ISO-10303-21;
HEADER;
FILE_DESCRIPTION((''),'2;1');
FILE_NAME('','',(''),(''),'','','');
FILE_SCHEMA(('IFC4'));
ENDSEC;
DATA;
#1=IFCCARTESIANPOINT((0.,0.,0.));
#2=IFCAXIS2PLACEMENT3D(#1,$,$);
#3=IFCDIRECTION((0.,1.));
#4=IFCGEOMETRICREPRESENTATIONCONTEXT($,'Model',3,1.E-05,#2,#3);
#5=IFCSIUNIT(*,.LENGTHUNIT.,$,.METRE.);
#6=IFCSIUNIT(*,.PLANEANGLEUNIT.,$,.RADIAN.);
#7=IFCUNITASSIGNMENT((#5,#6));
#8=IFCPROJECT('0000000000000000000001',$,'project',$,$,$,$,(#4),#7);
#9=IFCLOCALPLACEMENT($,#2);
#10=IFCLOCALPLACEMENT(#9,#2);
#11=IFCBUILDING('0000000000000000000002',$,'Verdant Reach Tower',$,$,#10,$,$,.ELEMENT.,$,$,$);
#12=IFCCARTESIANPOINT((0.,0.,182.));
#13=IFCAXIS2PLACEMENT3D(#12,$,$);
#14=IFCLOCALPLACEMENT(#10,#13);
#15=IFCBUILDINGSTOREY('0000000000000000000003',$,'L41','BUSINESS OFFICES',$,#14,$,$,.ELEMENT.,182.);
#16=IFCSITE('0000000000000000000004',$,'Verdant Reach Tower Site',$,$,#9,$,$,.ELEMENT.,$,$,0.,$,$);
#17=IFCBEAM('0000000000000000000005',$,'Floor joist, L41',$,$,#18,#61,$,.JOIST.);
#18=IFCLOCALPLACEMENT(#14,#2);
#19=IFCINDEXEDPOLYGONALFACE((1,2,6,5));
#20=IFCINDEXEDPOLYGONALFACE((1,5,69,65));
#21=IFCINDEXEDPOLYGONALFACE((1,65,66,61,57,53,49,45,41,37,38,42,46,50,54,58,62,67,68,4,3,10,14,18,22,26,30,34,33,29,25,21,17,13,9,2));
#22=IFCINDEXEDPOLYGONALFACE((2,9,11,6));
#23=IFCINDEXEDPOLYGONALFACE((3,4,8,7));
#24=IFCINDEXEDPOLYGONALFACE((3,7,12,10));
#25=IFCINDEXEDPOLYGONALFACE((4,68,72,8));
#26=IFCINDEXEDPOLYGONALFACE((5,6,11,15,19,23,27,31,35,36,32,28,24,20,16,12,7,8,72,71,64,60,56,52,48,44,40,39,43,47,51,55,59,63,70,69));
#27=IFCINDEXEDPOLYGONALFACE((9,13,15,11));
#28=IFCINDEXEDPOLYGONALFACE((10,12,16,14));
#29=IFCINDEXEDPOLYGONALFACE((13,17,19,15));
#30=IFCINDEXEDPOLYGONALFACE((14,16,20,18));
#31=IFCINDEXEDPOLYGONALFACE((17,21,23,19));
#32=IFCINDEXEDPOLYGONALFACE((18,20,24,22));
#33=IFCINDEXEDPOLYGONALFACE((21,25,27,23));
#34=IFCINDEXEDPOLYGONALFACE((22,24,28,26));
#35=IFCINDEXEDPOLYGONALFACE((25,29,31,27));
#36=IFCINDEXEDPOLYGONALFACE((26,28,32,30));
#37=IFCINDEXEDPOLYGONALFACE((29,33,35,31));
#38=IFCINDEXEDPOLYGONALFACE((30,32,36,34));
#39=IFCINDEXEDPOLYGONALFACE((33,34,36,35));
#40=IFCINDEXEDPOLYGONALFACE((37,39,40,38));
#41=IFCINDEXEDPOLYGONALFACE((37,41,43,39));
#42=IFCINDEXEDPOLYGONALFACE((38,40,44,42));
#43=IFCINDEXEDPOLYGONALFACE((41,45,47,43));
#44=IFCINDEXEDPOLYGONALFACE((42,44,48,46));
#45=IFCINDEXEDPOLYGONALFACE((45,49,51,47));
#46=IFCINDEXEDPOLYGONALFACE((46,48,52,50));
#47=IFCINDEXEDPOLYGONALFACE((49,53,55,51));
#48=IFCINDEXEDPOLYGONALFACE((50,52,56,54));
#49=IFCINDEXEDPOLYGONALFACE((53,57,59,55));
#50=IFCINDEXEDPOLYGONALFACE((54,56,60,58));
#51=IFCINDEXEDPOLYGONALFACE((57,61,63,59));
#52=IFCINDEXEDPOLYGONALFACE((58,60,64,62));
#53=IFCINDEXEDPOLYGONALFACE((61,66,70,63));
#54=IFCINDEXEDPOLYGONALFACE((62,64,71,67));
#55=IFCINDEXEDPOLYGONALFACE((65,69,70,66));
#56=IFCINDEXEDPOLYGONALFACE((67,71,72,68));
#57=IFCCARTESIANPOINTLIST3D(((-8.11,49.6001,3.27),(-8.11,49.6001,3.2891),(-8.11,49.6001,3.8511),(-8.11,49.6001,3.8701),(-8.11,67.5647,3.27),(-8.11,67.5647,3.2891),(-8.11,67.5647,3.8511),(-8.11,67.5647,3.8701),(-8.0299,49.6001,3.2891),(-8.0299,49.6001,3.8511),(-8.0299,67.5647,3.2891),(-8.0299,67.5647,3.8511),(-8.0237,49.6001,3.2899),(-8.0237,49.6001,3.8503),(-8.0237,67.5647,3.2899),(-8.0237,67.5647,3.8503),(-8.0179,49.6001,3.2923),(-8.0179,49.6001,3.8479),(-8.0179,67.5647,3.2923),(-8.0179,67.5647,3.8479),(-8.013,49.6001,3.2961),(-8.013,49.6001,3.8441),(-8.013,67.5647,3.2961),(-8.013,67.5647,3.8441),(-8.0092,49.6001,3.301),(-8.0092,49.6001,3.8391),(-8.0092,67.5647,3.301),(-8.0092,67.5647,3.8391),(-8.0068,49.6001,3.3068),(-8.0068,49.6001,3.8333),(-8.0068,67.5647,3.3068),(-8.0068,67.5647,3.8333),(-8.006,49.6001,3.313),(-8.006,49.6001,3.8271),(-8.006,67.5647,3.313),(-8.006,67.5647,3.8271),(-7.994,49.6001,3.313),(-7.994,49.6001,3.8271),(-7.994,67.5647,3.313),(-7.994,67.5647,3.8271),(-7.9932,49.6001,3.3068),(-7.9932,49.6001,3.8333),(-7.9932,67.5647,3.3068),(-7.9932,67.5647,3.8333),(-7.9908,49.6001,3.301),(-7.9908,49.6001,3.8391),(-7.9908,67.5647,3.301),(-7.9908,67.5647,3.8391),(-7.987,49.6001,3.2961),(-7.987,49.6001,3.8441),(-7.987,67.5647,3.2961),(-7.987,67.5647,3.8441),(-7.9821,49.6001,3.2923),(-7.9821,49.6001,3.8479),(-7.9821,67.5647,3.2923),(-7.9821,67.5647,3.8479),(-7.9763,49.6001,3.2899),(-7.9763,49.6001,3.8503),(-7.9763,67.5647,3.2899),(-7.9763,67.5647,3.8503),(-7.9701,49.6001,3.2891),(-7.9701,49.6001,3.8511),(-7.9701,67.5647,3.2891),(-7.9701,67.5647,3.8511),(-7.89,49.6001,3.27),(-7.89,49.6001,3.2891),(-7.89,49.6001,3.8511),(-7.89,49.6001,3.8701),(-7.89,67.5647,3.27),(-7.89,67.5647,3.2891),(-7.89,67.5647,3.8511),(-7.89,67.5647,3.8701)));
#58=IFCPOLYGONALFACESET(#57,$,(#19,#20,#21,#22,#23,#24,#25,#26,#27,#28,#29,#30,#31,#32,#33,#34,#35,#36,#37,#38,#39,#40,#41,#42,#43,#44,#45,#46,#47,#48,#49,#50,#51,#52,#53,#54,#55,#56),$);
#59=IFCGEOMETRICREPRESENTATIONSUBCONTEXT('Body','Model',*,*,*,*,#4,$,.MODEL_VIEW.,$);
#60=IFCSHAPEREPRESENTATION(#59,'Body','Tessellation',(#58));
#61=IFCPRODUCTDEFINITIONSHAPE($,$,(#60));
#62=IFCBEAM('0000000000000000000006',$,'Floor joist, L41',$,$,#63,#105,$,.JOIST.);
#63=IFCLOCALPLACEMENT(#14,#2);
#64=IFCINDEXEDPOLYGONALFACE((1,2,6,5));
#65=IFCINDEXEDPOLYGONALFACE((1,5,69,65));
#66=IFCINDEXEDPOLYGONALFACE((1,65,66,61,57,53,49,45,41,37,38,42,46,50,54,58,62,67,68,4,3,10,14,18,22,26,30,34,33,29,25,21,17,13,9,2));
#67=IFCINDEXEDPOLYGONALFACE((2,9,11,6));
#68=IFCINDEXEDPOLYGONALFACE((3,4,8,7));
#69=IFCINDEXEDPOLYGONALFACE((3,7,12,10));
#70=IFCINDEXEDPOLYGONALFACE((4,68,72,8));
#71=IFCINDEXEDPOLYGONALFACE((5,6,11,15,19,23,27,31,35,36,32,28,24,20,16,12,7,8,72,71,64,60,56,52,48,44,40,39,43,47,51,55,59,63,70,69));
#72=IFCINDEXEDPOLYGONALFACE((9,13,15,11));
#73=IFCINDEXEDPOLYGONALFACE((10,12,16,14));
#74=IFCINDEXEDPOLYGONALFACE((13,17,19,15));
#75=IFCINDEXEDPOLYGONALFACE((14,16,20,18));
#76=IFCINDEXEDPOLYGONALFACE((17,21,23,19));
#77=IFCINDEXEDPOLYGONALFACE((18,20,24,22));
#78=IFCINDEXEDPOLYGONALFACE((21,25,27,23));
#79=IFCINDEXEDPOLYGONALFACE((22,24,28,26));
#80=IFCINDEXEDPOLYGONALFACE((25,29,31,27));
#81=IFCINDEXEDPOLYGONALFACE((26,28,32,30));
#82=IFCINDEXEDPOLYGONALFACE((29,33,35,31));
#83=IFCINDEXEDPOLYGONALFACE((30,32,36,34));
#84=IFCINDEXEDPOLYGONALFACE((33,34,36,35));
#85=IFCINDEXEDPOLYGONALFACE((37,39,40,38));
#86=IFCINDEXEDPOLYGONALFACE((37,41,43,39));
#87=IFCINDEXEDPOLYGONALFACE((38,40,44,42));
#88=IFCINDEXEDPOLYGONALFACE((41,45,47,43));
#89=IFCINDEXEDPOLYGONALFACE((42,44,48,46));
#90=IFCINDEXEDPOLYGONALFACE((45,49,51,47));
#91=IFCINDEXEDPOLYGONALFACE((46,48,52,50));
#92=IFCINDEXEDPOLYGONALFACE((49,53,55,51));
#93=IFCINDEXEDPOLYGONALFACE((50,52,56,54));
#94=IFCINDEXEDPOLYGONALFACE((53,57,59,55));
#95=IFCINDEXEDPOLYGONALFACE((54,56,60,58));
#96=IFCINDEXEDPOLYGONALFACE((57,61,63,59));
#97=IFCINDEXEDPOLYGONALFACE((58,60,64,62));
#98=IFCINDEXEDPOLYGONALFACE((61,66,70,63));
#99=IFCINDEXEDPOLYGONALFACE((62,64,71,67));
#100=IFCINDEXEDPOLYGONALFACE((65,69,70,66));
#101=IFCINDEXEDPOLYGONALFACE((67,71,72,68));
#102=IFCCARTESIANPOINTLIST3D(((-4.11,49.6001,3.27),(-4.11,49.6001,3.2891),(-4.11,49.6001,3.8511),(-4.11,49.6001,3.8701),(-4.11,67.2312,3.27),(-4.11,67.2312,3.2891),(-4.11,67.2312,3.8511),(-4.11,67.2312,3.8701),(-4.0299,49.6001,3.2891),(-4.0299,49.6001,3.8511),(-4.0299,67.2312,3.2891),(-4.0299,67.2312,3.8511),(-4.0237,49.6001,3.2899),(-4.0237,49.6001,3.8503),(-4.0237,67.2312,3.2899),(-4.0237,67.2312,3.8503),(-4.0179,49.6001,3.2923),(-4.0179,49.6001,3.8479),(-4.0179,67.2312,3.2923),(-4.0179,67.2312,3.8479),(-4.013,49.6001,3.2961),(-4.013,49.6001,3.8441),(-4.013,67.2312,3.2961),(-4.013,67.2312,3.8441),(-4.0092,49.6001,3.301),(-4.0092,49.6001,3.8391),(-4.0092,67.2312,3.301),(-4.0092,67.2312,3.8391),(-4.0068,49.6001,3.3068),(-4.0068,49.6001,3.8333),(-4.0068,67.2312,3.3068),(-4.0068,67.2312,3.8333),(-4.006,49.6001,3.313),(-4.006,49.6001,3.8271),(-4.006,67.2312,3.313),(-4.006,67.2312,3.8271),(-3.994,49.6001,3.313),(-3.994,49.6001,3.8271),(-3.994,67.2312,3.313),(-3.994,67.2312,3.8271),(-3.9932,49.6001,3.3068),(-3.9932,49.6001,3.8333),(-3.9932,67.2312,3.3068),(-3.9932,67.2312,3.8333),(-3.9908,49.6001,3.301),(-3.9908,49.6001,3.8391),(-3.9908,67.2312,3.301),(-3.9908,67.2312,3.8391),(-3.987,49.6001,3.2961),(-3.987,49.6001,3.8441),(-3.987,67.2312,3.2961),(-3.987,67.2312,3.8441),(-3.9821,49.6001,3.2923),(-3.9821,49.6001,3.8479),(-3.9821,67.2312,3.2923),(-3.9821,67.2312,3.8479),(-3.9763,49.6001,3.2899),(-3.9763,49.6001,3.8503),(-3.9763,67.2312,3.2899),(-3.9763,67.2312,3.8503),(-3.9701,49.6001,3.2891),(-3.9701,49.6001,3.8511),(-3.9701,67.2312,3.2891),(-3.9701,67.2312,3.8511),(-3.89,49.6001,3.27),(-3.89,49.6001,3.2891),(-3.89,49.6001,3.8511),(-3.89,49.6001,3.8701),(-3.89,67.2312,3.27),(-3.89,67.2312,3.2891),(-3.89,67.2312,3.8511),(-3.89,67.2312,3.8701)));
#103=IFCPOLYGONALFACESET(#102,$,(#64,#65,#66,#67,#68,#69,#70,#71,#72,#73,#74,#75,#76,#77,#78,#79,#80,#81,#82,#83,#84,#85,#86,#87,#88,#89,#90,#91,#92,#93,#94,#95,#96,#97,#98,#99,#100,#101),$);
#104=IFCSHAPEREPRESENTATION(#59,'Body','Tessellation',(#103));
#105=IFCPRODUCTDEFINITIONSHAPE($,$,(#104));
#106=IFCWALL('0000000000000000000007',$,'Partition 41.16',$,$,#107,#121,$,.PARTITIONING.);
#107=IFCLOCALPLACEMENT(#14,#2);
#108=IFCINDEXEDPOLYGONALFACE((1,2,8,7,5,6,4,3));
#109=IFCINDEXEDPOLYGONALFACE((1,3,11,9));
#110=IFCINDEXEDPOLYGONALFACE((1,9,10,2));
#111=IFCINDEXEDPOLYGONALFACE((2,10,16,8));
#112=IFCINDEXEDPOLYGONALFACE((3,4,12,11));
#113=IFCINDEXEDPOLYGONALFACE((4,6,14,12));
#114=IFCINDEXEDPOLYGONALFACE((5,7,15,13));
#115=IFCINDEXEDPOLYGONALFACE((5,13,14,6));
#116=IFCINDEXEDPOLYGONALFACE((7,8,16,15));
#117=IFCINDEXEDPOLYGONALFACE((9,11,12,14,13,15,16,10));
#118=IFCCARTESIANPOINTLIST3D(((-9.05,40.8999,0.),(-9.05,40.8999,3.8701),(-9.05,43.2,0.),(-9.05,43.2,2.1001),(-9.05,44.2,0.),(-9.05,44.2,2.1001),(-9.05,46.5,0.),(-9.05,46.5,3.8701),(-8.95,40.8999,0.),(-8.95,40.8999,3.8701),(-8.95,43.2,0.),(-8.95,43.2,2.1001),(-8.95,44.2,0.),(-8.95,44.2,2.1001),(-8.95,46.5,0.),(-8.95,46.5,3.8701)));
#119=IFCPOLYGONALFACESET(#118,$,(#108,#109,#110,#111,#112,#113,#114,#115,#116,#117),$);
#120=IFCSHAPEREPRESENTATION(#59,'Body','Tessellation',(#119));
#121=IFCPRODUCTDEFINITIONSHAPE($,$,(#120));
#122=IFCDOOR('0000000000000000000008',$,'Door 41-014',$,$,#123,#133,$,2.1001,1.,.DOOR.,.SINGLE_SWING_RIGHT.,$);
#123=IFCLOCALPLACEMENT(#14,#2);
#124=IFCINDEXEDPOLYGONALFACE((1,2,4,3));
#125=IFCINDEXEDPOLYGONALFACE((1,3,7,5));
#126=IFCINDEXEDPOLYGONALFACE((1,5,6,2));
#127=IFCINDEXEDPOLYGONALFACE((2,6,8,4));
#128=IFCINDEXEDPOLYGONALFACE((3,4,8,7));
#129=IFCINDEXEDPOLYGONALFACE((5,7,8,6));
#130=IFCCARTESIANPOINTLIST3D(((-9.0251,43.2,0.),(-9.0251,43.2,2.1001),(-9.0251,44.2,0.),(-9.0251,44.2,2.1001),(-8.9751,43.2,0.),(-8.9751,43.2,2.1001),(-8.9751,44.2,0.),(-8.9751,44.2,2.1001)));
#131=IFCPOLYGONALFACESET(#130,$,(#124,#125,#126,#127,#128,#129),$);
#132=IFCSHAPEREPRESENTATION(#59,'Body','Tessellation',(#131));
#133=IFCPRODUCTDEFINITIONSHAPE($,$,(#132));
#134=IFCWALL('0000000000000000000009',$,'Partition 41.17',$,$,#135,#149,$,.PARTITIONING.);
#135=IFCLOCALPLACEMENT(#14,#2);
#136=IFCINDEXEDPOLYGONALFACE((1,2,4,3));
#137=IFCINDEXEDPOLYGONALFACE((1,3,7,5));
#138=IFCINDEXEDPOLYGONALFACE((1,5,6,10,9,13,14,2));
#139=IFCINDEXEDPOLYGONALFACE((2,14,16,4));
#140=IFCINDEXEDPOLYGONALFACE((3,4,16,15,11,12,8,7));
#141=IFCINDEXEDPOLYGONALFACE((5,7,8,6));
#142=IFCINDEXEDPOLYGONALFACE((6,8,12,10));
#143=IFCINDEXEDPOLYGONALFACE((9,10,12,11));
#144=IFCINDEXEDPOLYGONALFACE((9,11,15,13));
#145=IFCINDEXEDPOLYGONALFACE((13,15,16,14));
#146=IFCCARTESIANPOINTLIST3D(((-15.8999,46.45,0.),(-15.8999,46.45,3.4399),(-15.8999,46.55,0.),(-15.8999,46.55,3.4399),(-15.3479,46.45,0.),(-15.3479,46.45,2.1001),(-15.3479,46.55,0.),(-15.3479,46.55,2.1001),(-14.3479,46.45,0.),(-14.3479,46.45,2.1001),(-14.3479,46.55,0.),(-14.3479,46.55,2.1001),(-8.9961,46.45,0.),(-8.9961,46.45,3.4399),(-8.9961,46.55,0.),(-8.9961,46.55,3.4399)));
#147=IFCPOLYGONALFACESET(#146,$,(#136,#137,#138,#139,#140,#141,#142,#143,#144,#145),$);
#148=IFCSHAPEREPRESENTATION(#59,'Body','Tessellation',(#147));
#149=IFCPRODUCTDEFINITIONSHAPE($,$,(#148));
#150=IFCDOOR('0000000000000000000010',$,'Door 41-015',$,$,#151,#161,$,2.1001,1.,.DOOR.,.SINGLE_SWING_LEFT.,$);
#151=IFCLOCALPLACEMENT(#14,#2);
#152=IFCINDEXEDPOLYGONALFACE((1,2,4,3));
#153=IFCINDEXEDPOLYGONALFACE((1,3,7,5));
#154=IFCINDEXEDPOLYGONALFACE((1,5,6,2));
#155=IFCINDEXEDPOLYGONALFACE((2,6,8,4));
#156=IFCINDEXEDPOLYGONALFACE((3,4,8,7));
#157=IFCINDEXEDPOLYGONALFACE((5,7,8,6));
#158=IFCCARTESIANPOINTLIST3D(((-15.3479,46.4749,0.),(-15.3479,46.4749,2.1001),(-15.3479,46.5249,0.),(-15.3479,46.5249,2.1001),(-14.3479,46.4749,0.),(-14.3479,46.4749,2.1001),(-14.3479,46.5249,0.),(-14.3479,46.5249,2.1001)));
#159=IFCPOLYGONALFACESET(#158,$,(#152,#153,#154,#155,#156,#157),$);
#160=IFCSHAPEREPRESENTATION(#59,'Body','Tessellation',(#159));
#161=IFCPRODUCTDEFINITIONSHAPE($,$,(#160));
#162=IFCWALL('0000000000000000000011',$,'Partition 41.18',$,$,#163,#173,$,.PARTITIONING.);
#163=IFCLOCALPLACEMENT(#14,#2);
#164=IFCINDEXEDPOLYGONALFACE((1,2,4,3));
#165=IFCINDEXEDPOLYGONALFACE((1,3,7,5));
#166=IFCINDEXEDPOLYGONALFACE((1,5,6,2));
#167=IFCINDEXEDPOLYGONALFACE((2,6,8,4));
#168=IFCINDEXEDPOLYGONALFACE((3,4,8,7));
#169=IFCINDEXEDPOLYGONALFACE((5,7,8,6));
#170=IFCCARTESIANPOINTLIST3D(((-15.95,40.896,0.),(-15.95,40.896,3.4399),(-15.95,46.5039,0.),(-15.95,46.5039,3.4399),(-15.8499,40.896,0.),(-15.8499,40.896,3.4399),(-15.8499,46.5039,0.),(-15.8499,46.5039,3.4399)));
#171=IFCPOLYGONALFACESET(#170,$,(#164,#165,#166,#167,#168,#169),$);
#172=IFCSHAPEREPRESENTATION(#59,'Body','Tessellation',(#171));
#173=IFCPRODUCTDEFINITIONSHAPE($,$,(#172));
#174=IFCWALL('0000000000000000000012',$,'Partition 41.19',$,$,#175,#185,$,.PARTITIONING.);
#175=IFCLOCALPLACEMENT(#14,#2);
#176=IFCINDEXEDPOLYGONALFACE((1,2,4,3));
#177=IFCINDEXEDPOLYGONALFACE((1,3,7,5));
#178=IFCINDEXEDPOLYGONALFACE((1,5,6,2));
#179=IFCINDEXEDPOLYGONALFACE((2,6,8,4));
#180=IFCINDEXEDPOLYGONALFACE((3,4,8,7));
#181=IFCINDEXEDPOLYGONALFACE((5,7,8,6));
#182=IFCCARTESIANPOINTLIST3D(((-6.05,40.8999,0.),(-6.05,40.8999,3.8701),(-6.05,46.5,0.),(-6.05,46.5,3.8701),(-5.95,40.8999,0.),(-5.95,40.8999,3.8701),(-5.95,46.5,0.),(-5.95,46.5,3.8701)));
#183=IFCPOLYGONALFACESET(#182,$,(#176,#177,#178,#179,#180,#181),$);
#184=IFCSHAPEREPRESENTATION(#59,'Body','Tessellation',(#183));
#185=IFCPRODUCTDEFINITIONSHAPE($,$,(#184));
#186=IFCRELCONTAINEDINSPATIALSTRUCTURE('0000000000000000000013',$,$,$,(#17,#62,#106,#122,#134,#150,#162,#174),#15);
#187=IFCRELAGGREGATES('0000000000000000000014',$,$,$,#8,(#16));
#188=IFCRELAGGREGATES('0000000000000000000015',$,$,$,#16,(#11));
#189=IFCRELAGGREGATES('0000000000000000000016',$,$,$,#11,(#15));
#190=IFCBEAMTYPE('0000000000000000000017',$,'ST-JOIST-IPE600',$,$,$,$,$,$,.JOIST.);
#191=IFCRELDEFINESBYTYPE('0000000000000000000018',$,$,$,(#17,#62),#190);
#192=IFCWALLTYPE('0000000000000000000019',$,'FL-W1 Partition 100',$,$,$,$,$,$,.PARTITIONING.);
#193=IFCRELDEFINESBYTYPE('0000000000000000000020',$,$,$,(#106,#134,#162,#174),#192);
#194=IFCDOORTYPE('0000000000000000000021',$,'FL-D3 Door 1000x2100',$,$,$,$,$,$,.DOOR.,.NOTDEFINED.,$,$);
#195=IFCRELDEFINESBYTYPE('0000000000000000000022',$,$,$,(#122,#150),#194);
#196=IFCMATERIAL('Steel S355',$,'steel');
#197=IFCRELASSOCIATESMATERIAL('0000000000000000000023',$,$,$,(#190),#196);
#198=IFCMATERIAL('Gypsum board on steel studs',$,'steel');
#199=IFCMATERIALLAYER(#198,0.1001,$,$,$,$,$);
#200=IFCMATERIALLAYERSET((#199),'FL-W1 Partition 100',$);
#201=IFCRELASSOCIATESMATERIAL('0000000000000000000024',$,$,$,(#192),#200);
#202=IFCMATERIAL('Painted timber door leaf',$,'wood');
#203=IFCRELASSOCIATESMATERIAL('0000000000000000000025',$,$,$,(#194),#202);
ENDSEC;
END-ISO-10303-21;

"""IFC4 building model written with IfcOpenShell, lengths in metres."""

from ifc_helpers import new_model, si_unit, direction, frame, frame_2d, origin, origin_2d, place, context, subcontext, project, spatial, rectangle, i_section, extrude, material, layer, layer_set, material_profile, profile_set, type_object, element, fill, save


model = new_model("IFC4")

# Units and contexts
model_context = context("Model", 3, precision=1e-05, world=origin(), true_north=direction((0.0, 1.0)))
body_context = subcontext(model_context, "Body", "Model", "MODEL_VIEW")
ifc_project = project(units=[si_unit("LENGTHUNIT", "METRE"), si_unit("PLANEANGLEUNIT", "RADIAN")], contexts=[model_context])

# Site, building, storey
site_placement = place(None, origin())
site = spatial("IfcSite", under=ifc_project, at=site_placement, Name="Verdant Reach Tower Site", CompositionType="ELEMENT", RefElevation=0.0)
building_placement = place(site_placement, origin())
building = spatial("IfcBuilding", under=site, at=building_placement, Name="Verdant Reach Tower", CompositionType="ELEMENT")
storey_placement = place(building_placement, frame((0.0, 0.0, 182.0)))
storey = spatial("IfcBuildingStorey", under=building, at=storey_placement, Name="L41", Description="BUSINESS OFFICES", CompositionType="ELEMENT", Elevation=182.0)

# Beams
ifc_material_1 = material(Name="Steel S355", Category="steel")
ifc_material_profile_1 = material_profile(ifc_material_1, i_section(OverallWidth=0.22, OverallDepth=0.6001, WebThickness=0.012, FlangeThickness=0.019, FilletRadius=0.0239, at=origin_2d()), Name="IPE 600")
ifc_profile_set_1 = profile_set([ifc_material_profile_1], Name="Steel S355")
beam_type_1 = type_object("IfcBeamType", Name="ST-JOIST-IPE600", PredefinedType="JOIST", material=ifc_profile_set_1)
beam_1_placement = place(storey_placement, frame((-8.0, 49.6001, 3.5701), z_axis=(0.0, 1.0, 0.0), x_axis=(-1.0, 0.0, 0.0)))
element("IfcBeam", 1, at=beam_1_placement, inside=storey, type_object=beam_type_1, Name="Floor joist, L41", PredefinedType="JOIST", context=body_context, shape_type="SweptSolid", body=[
    extrude(i_section(OverallWidth=0.22, OverallDepth=0.6001, WebThickness=0.012, FlangeThickness=0.019, FilletRadius=0.0239, at=origin_2d()), origin(), (0.0, 0.0, 1.0), 17.9646),
])
beam_2_placement = place(storey_placement, frame((-4.0, 49.6001, 3.5701), z_axis=(0.0, 1.0, 0.0), x_axis=(-1.0, 0.0, 0.0)))
element("IfcBeam", 2, at=beam_2_placement, inside=storey, type_object=beam_type_1, Name="Floor joist, L41", PredefinedType="JOIST", context=body_context, shape_type="SweptSolid", body=[
    extrude(i_section(OverallWidth=0.22, OverallDepth=0.6001, WebThickness=0.012, FlangeThickness=0.019, FilletRadius=0.0239, at=origin_2d()), origin(), (0.0, 0.0, 1.0), 17.6311),
])

# Walls, openings, doors
ifc_material_2 = material(Name="Gypsum board on steel studs", Category="steel")
ifc_layer_1 = layer(ifc_material_2, 0.1001)
ifc_layer_set_1 = layer_set([ifc_layer_1], Name="FL-W1 Partition 100")
wall_type_1 = type_object("IfcWallType", Name="FL-W1 Partition 100", PredefinedType="PARTITIONING", material=ifc_layer_set_1)
wall_1_placement = place(storey_placement, frame((-9.0, 46.5, 0.0), z_axis=(0.0, 0.0, 1.0), x_axis=(0.0, -1.0, 0.0)))
wall_1 = element("IfcWall", 3, at=wall_1_placement, inside=storey, type_object=wall_type_1, Name="Partition 41.16", PredefinedType="PARTITIONING", context=body_context, shape_type="SweptSolid", body=[
    extrude(rectangle(XDim=5.6001, YDim=0.1001, at=frame_2d((2.8, 0.0))), origin(), (0.0, 0.0, 1.0), 3.8701),
])
opening_1_placement = place(wall_1_placement, frame((2.3, 0.0, 0.0)))
opening_1 = element("IfcOpeningElement", 4, at=opening_1_placement, cuts=wall_1, PredefinedType="OPENING", context=body_context, shape_type="SweptSolid", body=[
    extrude(rectangle(XDim=1.0, YDim=2.1001, at=frame_2d((0.5, 1.05))), frame((0.0, 0.0601, 0.0), z_axis=(0.0, -1.0, 0.0), x_axis=(1.0, 0.0, 0.0)), (0.0, 0.0, 1.0), 0.1201),
])
ifc_material_3 = material(Name="Painted timber door leaf", Category="wood")
door_type_1 = type_object("IfcDoorType", Name="FL-D3 Door 1000x2100", OperationType="NOTDEFINED", PredefinedType="DOOR", material=ifc_material_3)
door_1_placement = place(opening_1_placement, origin())
door_1 = element("IfcDoor", 5, at=door_1_placement, inside=storey, type_object=door_type_1, Name="Door 41-014", OperationType="SINGLE_SWING_RIGHT", OverallHeight=2.1001, OverallWidth=1.0, PredefinedType="DOOR", context=body_context, shape_type="SweptSolid", body=[
    extrude(rectangle(XDim=1.0, YDim=2.1001, at=frame_2d((0.5, 1.05))), frame((0.0, 0.0249, 0.0), z_axis=(0.0, -1.0, 0.0), x_axis=(1.0, 0.0, 0.0)), (0.0, 0.0, 1.0), 0.05),
])
fill(opening_1, door_1)
wall_2_placement = place(storey_placement, frame((-15.8999, 46.5, 0.0), z_axis=(0.0, 0.0, 1.0), x_axis=(1.0, 0.0, 0.0)))
wall_2 = element("IfcWall", 6, at=wall_2_placement, inside=storey, type_object=wall_type_1, Name="Partition 41.17", PredefinedType="PARTITIONING", context=body_context, shape_type="SweptSolid", body=[
    extrude(rectangle(XDim=6.9038, YDim=0.1001, at=frame_2d((3.4519, 0.0))), origin(), (0.0, 0.0, 1.0), 3.4399),
])
opening_2_placement = place(wall_2_placement, frame((0.552, 0.0, 0.0)))
opening_2 = element("IfcOpeningElement", 7, at=opening_2_placement, cuts=wall_2, PredefinedType="OPENING", context=body_context, shape_type="SweptSolid", body=[
    extrude(rectangle(XDim=1.0, YDim=2.1001, at=frame_2d((0.5, 1.05))), frame((0.0, 0.0601, 0.0), z_axis=(0.0, -1.0, 0.0), x_axis=(1.0, 0.0, 0.0)), (0.0, 0.0, 1.0), 0.1201),
])
door_2_placement = place(opening_2_placement, origin())
door_2 = element("IfcDoor", 8, at=door_2_placement, inside=storey, type_object=door_type_1, Name="Door 41-015", OperationType="SINGLE_SWING_LEFT", OverallHeight=2.1001, OverallWidth=1.0, PredefinedType="DOOR", context=body_context, shape_type="SweptSolid", body=[
    extrude(rectangle(XDim=1.0, YDim=2.1001, at=frame_2d((0.5, 1.05))), frame((0.0, 0.0249, 0.0), z_axis=(0.0, -1.0, 0.0), x_axis=(1.0, 0.0, 0.0)), (0.0, 0.0, 1.0), 0.05),
])
fill(opening_2, door_2)

# Walls
wall_3_placement = place(storey_placement, frame((-15.8999, 46.5039, 0.0), z_axis=(0.0, 0.0, 1.0), x_axis=(0.0, -1.0, 0.0)))
element("IfcWall", 9, at=wall_3_placement, inside=storey, type_object=wall_type_1, Name="Partition 41.18", PredefinedType="PARTITIONING", context=body_context, shape_type="SweptSolid", body=[
    extrude(rectangle(XDim=5.6079, YDim=0.1001, at=frame_2d((2.804, 0.0))), origin(), (0.0, 0.0, 1.0), 3.4399),
])
wall_4_placement = place(storey_placement, frame((-6.0, 40.8999, 0.0), z_axis=(0.0, 0.0, 1.0), x_axis=(0.0, 1.0, 0.0)))
element("IfcWall", 10, at=wall_4_placement, inside=storey, type_object=wall_type_1, Name="Partition 41.19", PredefinedType="PARTITIONING", context=body_context, shape_type="SweptSolid", body=[
    extrude(rectangle(XDim=5.6001, YDim=0.1001, at=frame_2d((2.8, 0.0))), origin(), (0.0, 0.0, 1.0), 3.8701),
])

save(model, "model.ifc")
